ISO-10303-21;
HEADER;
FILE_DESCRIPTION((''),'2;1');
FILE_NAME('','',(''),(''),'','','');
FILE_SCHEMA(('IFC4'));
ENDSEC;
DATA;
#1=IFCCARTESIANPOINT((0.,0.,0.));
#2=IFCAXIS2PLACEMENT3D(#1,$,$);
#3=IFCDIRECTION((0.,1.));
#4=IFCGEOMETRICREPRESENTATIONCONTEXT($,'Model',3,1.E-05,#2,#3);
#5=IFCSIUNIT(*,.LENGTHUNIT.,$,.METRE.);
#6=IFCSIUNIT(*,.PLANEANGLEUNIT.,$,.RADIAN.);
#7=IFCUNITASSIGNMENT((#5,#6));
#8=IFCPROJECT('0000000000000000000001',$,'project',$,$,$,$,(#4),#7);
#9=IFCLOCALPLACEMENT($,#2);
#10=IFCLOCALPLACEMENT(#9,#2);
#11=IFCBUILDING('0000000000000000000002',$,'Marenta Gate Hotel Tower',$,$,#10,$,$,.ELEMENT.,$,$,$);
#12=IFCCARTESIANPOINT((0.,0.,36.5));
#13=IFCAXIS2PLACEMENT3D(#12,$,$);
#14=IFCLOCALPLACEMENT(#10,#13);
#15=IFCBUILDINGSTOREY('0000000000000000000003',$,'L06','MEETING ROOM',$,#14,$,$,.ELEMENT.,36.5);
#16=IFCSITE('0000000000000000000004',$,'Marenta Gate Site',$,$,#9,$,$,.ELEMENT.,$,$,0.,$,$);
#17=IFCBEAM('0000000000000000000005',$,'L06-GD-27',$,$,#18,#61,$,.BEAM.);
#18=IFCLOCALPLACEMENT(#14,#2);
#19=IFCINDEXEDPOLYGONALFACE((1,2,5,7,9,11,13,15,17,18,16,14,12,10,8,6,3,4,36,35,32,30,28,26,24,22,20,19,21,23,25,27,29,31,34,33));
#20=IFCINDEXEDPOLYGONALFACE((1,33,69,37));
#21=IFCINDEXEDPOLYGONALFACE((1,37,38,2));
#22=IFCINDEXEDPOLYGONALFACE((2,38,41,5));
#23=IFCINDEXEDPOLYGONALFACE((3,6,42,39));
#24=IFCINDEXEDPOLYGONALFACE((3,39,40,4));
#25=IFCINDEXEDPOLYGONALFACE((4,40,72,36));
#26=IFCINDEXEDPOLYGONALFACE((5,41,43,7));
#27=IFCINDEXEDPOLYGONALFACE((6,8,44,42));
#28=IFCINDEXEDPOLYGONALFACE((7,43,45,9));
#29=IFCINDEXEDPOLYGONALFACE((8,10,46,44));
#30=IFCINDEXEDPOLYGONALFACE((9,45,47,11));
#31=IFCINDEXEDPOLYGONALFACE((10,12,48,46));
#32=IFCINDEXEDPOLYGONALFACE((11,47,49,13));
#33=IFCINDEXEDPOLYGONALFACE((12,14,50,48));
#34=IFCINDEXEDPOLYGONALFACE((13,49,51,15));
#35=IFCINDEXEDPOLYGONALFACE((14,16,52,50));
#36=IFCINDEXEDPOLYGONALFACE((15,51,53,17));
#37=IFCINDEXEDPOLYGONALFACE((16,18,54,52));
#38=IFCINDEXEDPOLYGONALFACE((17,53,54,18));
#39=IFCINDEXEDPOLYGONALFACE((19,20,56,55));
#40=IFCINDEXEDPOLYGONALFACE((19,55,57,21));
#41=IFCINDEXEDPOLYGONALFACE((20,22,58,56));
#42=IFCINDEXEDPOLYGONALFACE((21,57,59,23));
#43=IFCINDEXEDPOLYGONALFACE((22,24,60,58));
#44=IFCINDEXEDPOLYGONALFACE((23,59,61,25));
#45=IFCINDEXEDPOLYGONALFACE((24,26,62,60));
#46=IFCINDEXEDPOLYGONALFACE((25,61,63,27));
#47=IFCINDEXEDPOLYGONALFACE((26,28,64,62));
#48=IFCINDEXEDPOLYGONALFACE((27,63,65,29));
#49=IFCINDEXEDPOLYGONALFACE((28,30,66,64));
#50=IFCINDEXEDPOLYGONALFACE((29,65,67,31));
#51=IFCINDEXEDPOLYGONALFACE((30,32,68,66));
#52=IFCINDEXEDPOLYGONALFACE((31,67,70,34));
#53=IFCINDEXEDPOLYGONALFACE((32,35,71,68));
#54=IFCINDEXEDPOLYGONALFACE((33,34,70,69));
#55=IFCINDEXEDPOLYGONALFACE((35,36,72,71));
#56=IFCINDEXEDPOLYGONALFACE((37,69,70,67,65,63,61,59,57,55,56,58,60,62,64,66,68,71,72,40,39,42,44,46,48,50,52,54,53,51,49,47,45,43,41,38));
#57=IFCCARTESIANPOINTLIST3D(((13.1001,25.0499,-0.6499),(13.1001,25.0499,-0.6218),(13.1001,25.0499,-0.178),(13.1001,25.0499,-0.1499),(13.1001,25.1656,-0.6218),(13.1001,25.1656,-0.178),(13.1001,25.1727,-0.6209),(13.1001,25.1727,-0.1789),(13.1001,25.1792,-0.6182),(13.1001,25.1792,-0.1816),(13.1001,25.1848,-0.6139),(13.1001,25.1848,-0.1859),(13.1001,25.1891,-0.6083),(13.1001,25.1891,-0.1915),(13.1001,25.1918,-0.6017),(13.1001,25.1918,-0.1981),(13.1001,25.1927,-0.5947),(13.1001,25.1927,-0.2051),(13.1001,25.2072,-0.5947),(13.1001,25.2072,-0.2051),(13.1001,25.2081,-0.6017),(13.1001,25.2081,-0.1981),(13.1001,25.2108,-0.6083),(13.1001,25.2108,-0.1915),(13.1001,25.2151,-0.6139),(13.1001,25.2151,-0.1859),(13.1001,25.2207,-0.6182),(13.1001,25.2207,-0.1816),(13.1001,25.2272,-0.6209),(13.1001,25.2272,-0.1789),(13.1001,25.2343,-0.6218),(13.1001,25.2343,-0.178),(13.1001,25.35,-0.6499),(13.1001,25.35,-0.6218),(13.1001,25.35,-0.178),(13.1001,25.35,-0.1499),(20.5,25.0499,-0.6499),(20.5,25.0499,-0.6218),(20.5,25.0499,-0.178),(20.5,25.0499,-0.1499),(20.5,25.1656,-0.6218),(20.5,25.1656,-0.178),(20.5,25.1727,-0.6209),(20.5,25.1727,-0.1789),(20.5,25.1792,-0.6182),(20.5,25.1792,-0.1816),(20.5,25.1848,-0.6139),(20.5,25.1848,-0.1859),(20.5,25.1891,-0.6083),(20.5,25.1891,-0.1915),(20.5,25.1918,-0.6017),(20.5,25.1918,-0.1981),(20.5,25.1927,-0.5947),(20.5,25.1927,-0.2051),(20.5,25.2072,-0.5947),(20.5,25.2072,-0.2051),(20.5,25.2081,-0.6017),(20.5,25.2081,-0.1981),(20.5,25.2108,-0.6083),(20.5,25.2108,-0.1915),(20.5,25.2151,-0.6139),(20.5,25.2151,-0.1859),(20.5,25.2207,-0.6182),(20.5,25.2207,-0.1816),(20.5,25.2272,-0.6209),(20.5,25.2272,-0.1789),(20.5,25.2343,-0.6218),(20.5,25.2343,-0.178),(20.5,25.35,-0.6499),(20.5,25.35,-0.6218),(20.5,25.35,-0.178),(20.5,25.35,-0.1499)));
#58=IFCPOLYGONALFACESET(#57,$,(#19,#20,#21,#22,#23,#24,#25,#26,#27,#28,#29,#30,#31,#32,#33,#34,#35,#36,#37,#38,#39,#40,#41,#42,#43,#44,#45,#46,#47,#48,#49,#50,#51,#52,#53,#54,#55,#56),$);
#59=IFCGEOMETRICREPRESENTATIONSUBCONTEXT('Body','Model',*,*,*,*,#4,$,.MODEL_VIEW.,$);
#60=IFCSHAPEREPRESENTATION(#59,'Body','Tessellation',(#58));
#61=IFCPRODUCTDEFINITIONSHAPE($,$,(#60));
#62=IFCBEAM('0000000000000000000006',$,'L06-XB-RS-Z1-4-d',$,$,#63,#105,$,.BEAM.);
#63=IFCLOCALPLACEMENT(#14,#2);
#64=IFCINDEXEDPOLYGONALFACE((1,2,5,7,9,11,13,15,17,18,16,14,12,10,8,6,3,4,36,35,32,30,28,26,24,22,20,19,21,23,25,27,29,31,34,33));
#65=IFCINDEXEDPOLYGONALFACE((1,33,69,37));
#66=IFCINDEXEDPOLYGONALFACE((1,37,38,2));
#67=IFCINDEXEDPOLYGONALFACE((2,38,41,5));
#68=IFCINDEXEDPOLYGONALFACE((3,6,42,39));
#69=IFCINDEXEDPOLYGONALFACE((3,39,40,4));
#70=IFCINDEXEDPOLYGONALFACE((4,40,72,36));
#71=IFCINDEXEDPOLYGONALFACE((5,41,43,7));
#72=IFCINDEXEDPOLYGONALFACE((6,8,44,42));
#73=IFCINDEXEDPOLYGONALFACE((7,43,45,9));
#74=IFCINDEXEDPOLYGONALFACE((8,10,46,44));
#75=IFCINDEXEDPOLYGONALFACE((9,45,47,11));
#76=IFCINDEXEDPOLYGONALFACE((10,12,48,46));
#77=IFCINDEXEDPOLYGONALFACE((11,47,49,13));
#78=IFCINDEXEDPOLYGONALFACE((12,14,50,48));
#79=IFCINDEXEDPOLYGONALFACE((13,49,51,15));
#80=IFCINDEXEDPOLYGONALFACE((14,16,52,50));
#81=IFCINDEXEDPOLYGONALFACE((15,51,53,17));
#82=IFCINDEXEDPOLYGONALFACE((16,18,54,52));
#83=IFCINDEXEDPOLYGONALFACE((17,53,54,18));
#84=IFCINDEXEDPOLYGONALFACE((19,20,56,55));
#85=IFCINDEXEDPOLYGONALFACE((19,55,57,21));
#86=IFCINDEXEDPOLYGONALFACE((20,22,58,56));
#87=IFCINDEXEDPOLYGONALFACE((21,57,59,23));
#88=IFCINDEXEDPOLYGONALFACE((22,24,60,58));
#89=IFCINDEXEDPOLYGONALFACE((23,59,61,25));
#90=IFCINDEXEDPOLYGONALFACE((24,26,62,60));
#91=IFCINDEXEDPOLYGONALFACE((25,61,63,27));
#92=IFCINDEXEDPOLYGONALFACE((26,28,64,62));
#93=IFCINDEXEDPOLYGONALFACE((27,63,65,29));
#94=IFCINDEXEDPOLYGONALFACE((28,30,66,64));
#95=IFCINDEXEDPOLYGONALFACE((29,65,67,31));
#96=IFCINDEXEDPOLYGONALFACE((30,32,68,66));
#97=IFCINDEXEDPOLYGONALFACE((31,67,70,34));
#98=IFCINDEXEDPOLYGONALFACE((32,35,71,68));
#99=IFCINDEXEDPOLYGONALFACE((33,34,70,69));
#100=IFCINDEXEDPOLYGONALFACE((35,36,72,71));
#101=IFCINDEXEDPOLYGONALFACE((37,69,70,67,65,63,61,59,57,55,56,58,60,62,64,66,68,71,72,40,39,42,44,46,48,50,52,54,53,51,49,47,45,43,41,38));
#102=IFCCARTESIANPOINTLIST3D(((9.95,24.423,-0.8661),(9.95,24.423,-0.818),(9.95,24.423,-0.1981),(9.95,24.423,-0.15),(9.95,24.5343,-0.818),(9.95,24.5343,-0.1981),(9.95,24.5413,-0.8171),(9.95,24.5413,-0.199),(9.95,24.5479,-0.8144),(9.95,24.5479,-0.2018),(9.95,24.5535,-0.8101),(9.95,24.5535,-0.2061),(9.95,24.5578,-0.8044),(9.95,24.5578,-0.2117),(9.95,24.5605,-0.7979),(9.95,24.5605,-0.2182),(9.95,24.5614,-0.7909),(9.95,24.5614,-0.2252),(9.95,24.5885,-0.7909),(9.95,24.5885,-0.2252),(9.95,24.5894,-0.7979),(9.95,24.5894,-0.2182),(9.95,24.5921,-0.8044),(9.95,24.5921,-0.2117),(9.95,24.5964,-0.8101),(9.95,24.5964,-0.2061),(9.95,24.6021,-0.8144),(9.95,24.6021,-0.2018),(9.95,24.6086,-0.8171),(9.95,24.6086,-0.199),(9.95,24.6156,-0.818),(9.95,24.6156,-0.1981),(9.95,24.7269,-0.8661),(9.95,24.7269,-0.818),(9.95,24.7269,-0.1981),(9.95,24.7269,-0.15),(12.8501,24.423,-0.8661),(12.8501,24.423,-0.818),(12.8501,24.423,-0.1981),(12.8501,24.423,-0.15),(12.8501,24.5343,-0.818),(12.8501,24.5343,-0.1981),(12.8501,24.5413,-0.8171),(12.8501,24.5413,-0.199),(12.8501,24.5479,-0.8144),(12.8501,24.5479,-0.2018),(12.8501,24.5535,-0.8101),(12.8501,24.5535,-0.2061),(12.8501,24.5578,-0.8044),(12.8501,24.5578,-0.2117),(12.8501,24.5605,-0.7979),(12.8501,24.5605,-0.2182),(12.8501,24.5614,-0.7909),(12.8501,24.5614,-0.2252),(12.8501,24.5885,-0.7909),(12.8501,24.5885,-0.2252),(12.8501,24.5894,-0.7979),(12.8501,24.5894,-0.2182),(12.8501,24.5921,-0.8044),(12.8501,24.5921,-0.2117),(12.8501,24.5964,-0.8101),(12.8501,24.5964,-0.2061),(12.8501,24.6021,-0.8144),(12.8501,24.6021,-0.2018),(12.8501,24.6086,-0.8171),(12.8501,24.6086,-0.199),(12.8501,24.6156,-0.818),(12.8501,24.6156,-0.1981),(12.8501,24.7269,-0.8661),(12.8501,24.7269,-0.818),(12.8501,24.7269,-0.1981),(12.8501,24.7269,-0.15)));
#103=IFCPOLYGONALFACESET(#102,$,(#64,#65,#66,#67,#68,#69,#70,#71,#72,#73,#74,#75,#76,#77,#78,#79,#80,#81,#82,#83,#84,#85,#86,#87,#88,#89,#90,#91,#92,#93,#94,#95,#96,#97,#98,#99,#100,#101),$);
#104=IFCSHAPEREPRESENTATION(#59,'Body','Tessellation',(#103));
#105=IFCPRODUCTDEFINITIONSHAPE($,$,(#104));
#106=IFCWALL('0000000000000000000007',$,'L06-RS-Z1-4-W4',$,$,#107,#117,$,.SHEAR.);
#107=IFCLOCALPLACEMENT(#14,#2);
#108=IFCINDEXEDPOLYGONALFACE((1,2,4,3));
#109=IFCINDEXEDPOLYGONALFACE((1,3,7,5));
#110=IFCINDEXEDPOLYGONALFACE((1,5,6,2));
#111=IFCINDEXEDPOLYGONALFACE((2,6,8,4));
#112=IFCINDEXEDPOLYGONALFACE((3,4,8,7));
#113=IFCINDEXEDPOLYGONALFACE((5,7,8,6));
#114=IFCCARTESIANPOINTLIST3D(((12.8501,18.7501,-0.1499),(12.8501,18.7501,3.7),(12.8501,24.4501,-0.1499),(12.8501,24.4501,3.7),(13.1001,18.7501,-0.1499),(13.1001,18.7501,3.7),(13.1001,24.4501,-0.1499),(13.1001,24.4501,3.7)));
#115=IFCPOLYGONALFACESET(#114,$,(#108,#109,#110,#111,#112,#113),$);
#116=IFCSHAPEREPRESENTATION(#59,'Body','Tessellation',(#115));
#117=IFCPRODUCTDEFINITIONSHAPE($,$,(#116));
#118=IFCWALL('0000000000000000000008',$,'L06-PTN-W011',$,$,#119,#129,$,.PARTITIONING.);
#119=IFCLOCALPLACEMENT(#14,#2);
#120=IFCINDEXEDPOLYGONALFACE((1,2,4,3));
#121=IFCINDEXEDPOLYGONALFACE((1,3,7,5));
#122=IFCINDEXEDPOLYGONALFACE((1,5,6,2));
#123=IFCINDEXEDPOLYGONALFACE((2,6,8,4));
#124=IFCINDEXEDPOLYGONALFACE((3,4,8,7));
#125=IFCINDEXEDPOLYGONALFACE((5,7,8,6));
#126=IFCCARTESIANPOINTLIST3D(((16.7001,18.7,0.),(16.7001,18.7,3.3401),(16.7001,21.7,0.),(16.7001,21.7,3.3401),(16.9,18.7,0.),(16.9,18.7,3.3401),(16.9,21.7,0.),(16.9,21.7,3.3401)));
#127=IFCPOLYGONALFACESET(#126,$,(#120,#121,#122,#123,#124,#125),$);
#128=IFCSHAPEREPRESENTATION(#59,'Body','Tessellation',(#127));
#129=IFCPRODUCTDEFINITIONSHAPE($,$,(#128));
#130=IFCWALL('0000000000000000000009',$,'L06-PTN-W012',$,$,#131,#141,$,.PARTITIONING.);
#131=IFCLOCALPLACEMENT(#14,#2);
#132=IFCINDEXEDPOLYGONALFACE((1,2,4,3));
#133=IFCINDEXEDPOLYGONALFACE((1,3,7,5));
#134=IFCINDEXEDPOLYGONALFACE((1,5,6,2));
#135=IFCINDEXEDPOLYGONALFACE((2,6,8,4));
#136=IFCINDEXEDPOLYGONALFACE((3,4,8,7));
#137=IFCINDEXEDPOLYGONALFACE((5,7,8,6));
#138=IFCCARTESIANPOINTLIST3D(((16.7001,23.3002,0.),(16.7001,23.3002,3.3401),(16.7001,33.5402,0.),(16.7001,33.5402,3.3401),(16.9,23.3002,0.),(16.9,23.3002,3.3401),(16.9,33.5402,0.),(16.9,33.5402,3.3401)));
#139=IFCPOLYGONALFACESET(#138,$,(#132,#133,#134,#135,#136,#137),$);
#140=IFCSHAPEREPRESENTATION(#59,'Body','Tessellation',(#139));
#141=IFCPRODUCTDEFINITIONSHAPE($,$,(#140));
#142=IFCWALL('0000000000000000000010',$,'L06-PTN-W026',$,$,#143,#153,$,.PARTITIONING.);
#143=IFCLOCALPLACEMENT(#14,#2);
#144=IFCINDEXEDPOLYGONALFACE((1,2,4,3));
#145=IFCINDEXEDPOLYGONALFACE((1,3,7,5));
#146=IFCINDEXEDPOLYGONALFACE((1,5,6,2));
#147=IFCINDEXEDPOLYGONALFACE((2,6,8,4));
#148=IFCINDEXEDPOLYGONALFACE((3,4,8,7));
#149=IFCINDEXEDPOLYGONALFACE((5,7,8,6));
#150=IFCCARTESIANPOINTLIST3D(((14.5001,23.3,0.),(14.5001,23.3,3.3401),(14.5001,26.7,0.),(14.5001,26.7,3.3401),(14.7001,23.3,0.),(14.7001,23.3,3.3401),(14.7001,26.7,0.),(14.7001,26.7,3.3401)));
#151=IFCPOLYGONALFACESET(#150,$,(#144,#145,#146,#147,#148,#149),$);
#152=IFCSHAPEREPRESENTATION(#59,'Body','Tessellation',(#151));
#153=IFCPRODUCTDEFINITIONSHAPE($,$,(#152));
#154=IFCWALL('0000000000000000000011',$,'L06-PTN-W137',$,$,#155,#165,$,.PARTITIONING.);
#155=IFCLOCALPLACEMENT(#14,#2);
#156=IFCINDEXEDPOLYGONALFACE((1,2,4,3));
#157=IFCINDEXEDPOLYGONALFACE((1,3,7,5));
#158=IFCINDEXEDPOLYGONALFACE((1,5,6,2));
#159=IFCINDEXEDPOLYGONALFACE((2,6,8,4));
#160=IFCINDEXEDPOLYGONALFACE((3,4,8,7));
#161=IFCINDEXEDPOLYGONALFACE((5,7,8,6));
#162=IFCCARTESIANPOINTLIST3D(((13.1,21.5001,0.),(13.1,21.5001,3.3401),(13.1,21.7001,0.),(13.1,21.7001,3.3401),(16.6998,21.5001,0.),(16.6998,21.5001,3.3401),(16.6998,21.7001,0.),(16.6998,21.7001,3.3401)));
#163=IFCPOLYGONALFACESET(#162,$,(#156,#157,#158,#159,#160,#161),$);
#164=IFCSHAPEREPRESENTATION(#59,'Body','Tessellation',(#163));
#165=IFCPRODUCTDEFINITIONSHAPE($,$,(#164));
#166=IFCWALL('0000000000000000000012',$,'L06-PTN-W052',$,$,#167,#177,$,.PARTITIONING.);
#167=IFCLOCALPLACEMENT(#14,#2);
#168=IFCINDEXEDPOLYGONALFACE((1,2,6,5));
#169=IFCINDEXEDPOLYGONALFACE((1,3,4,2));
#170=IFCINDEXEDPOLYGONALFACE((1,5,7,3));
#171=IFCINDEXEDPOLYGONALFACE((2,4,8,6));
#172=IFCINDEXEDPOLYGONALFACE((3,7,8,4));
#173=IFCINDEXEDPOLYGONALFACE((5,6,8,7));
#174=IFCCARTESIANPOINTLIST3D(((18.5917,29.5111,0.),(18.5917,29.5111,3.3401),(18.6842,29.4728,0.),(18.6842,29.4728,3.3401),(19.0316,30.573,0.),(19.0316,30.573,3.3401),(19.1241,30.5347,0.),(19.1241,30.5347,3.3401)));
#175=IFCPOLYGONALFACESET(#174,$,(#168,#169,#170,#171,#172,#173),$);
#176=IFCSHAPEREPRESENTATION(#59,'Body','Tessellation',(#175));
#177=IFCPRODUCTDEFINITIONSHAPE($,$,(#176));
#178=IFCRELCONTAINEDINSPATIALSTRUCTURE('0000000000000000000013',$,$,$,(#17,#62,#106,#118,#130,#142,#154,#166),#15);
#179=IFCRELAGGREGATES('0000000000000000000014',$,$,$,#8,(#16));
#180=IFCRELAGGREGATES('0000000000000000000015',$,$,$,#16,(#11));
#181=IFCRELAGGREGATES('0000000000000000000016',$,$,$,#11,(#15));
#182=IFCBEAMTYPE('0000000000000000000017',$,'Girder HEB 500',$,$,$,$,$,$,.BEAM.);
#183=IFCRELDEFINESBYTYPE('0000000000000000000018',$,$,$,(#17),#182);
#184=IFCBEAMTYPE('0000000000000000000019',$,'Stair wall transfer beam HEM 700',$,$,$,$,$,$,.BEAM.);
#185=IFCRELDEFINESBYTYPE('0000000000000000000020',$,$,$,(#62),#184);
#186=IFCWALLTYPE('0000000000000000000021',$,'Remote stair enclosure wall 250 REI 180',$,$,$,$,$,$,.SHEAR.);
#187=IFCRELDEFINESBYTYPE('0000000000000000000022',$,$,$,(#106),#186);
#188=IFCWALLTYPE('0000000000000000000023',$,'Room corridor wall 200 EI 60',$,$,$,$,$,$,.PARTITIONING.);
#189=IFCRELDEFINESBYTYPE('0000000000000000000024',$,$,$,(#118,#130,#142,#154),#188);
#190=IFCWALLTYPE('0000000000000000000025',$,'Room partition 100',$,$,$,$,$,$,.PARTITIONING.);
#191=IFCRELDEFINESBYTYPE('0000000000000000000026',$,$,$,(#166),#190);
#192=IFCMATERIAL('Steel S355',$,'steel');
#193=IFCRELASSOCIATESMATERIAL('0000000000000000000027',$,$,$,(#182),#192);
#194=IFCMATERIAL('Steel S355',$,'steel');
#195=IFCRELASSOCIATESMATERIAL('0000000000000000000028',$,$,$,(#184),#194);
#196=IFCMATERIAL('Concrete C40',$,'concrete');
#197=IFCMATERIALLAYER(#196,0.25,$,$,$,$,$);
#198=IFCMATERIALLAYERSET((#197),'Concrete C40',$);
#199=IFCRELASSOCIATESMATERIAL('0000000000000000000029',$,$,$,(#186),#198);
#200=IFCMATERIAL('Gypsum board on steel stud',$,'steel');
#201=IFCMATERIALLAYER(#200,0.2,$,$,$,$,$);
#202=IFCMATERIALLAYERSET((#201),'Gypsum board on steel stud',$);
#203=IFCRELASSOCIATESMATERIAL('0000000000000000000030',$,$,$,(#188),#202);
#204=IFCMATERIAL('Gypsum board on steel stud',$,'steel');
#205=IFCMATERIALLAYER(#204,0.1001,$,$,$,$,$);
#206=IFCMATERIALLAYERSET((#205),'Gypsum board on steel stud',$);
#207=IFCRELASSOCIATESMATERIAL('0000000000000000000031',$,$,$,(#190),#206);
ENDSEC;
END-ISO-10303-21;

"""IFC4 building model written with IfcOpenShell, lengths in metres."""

from ifc_helpers import new_model, si_unit, direction, frame, frame_2d, origin, origin_2d, place, context, subcontext, project, spatial, rectangle, i_section, extrude, material, layer, layer_set, material_profile, profile_set, type_object, element, save


model = new_model("IFC4")

# Units and contexts
model_context = context("Model", 3, precision=1e-05, world=origin(), true_north=direction((0.0, 1.0)))
body_context = subcontext(model_context, "Body", "Model", "MODEL_VIEW")
ifc_project = project(units=[si_unit("LENGTHUNIT", "METRE"), si_unit("PLANEANGLEUNIT", "RADIAN")], contexts=[model_context])

# Site, building, storey
site_placement = place(None, origin())
site = spatial("IfcSite", under=ifc_project, at=site_placement, Name="Marenta Gate Site", CompositionType="ELEMENT", RefElevation=0.0)
building_placement = place(site_placement, origin())
building = spatial("IfcBuilding", under=site, at=building_placement, Name="Marenta Gate Hotel Tower", CompositionType="ELEMENT")
storey_placement = place(building_placement, frame((0.0, 0.0, 36.5)))
storey = spatial("IfcBuildingStorey", under=building, at=storey_placement, Name="L06", Description="MEETING ROOM", CompositionType="ELEMENT", Elevation=36.5)

# Beams
ifc_material_1 = material(Name="Steel S355", Category="steel")
ifc_material_profile_1 = material_profile(ifc_material_1, i_section(OverallWidth=0.3, OverallDepth=0.5, WebThickness=0.0144, FlangeThickness=0.0281, FilletRadius=0.0271, at=origin_2d()), Name="HEB 500")
ifc_profile_set_1 = profile_set([ifc_material_profile_1], Name="Steel S355")
beam_type_1 = type_object("IfcBeamType", Name="Girder HEB 500", PredefinedType="BEAM", material=ifc_profile_set_1)
beam_1_placement = place(storey_placement, frame((13.1001, 25.2, -0.3999), z_axis=(1.0, 0.0, 0.0), x_axis=(0.0, 1.0, 0.0)))
element("IfcBeam", 1, at=beam_1_placement, inside=storey, type_object=beam_type_1, Name="L06-GD-27", PredefinedType="BEAM", context=body_context, shape_type="SweptSolid", body=[
    extrude(i_section(OverallWidth=0.3, OverallDepth=0.5, WebThickness=0.0144, FlangeThickness=0.0281, FilletRadius=0.0271, at=origin_2d()), origin(), (0.0, 0.0, 1.0), 7.3999),
])
ifc_material_2 = material(Name="Steel S355", Category="steel")
ifc_material_profile_2 = material_profile(ifc_material_2, i_section(OverallWidth=0.304, OverallDepth=0.7161, WebThickness=0.0271, FlangeThickness=0.0481, FilletRadius=0.0271, at=origin_2d()), Name="HEM 700")
ifc_profile_set_2 = profile_set([ifc_material_profile_2], Name="Steel S355")
beam_type_2 = type_object("IfcBeamType", Name="Stair wall transfer beam HEM 700", PredefinedType="BEAM", material=ifc_profile_set_2)
beam_2_placement = place(storey_placement, frame((9.95, 24.575, -0.5081), z_axis=(1.0, 0.0, 0.0), x_axis=(0.0, 1.0, 0.0)))
element("IfcBeam", 2, at=beam_2_placement, inside=storey, type_object=beam_type_2, Name="L06-XB-RS-Z1-4-d", PredefinedType="BEAM", context=body_context, shape_type="SweptSolid", body=[
    extrude(i_section(OverallWidth=0.304, OverallDepth=0.7161, WebThickness=0.0271, FlangeThickness=0.0481, FilletRadius=0.0271, at=origin_2d()), origin(), (0.0, 0.0, 1.0), 2.9001),
])

# Walls
ifc_material_3 = material(Name="Concrete C40", Category="concrete")
ifc_layer_1 = layer(ifc_material_3, 0.25)
ifc_layer_set_1 = layer_set([ifc_layer_1], Name="Concrete C40")
wall_type_1 = type_object("IfcWallType", Name="Remote stair enclosure wall 250 REI 180", PredefinedType="SHEAR", material=ifc_layer_set_1)
wall_1_placement = place(storey_placement, frame((12.9751, 18.75, -0.1499), z_axis=(0.0, 0.0, 1.0), x_axis=(0.0, 1.0, 0.0)))
element("IfcWall", 3, at=wall_1_placement, inside=storey, type_object=wall_type_1, Name="L06-RS-Z1-4-W4", PredefinedType="SHEAR", context=body_context, shape_type="SweptSolid", body=[
    extrude(rectangle(XDim=5.7, YDim=0.25, at=frame_2d((2.8501, 0.0))), origin(), (0.0, 0.0, 1.0), 3.8499),
])
ifc_material_4 = material(Name="Gypsum board on steel stud", Category="steel")
ifc_layer_2 = layer(ifc_material_4, 0.2)
ifc_layer_set_2 = layer_set([ifc_layer_2], Name="Gypsum board on steel stud")
wall_type_2 = type_object("IfcWallType", Name="Room corridor wall 200 EI 60", PredefinedType="PARTITIONING", material=ifc_layer_set_2)
wall_2_placement = place(storey_placement, frame((16.8, 18.7, 0.0), z_axis=(0.0, 0.0, 1.0), x_axis=(0.0, 1.0, 0.0)))
element("IfcWall", 4, at=wall_2_placement, inside=storey, type_object=wall_type_2, Name="L06-PTN-W011", PredefinedType="PARTITIONING", context=body_context, shape_type="SweptSolid", body=[
    extrude(rectangle(XDim=3.0, YDim=0.2, at=frame_2d((1.5, 0.0))), origin(), (0.0, 0.0, 1.0), 3.3401),
])
wall_3_placement = place(storey_placement, frame((16.8, 23.3, 0.0), z_axis=(0.0, 0.0, 1.0), x_axis=(0.0, 1.0, 0.0)))
element("IfcWall", 5, at=wall_3_placement, inside=storey, type_object=wall_type_2, Name="L06-PTN-W012", PredefinedType="PARTITIONING", context=body_context, shape_type="SweptSolid", body=[
    extrude(rectangle(XDim=10.24, YDim=0.2, at=frame_2d((5.1201, 0.0))), origin(), (0.0, 0.0, 1.0), 3.3401),
])
wall_4_placement = place(storey_placement, frame((14.6001, 23.3, 0.0), z_axis=(0.0, 0.0, 1.0), x_axis=(0.0, 1.0, 0.0)))
element("IfcWall", 6, at=wall_4_placement, inside=storey, type_object=wall_type_2, Name="L06-PTN-W026", PredefinedType="PARTITIONING", context=body_context, shape_type="SweptSolid", body=[
    extrude(rectangle(XDim=3.3999, YDim=0.2, at=frame_2d((1.7, 0.0))), origin(), (0.0, 0.0, 1.0), 3.3401),
])
wall_5_placement = place(storey_placement, frame((13.1001, 21.6001, 0.0), z_axis=(0.0, 0.0, 1.0), x_axis=(1.0, 0.0, 0.0)))
element("IfcWall", 7, at=wall_5_placement, inside=storey, type_object=wall_type_2, Name="L06-PTN-W137", PredefinedType="PARTITIONING", context=body_context, shape_type="SweptSolid", body=[
    extrude(rectangle(XDim=3.5999, YDim=0.2, at=frame_2d((1.7998, 0.0))), origin(), (0.0, 0.0, 1.0), 3.3401),
])

# Wall
ifc_material_5 = material(Name="Gypsum board on steel stud", Category="steel")
ifc_layer_3 = layer(ifc_material_5, 0.1001)
ifc_layer_set_3 = layer_set([ifc_layer_3], Name="Gypsum board on steel stud")
wall_type_3 = type_object("IfcWallType", Name="Room partition 100", PredefinedType="PARTITIONING", material=ifc_layer_set_3)
wall_6_placement = place(storey_placement, frame((18.6379, 29.4919, 0.0), z_axis=(0.0, 0.0, 1.0), x_axis=(0.382714, 0.923867, 0.0)))
element("IfcWall", 8, at=wall_6_placement, inside=storey, type_object=wall_type_3, Name="L06-PTN-W052", PredefinedType="PARTITIONING", context=body_context, shape_type="SweptSolid", body=[
    extrude(rectangle(XDim=1.1494, YDim=0.1001, at=frame_2d((0.5747, 0.0))), origin(), (0.0, 0.0, 1.0), 3.3401),
])

save(model, "model.ifc")
